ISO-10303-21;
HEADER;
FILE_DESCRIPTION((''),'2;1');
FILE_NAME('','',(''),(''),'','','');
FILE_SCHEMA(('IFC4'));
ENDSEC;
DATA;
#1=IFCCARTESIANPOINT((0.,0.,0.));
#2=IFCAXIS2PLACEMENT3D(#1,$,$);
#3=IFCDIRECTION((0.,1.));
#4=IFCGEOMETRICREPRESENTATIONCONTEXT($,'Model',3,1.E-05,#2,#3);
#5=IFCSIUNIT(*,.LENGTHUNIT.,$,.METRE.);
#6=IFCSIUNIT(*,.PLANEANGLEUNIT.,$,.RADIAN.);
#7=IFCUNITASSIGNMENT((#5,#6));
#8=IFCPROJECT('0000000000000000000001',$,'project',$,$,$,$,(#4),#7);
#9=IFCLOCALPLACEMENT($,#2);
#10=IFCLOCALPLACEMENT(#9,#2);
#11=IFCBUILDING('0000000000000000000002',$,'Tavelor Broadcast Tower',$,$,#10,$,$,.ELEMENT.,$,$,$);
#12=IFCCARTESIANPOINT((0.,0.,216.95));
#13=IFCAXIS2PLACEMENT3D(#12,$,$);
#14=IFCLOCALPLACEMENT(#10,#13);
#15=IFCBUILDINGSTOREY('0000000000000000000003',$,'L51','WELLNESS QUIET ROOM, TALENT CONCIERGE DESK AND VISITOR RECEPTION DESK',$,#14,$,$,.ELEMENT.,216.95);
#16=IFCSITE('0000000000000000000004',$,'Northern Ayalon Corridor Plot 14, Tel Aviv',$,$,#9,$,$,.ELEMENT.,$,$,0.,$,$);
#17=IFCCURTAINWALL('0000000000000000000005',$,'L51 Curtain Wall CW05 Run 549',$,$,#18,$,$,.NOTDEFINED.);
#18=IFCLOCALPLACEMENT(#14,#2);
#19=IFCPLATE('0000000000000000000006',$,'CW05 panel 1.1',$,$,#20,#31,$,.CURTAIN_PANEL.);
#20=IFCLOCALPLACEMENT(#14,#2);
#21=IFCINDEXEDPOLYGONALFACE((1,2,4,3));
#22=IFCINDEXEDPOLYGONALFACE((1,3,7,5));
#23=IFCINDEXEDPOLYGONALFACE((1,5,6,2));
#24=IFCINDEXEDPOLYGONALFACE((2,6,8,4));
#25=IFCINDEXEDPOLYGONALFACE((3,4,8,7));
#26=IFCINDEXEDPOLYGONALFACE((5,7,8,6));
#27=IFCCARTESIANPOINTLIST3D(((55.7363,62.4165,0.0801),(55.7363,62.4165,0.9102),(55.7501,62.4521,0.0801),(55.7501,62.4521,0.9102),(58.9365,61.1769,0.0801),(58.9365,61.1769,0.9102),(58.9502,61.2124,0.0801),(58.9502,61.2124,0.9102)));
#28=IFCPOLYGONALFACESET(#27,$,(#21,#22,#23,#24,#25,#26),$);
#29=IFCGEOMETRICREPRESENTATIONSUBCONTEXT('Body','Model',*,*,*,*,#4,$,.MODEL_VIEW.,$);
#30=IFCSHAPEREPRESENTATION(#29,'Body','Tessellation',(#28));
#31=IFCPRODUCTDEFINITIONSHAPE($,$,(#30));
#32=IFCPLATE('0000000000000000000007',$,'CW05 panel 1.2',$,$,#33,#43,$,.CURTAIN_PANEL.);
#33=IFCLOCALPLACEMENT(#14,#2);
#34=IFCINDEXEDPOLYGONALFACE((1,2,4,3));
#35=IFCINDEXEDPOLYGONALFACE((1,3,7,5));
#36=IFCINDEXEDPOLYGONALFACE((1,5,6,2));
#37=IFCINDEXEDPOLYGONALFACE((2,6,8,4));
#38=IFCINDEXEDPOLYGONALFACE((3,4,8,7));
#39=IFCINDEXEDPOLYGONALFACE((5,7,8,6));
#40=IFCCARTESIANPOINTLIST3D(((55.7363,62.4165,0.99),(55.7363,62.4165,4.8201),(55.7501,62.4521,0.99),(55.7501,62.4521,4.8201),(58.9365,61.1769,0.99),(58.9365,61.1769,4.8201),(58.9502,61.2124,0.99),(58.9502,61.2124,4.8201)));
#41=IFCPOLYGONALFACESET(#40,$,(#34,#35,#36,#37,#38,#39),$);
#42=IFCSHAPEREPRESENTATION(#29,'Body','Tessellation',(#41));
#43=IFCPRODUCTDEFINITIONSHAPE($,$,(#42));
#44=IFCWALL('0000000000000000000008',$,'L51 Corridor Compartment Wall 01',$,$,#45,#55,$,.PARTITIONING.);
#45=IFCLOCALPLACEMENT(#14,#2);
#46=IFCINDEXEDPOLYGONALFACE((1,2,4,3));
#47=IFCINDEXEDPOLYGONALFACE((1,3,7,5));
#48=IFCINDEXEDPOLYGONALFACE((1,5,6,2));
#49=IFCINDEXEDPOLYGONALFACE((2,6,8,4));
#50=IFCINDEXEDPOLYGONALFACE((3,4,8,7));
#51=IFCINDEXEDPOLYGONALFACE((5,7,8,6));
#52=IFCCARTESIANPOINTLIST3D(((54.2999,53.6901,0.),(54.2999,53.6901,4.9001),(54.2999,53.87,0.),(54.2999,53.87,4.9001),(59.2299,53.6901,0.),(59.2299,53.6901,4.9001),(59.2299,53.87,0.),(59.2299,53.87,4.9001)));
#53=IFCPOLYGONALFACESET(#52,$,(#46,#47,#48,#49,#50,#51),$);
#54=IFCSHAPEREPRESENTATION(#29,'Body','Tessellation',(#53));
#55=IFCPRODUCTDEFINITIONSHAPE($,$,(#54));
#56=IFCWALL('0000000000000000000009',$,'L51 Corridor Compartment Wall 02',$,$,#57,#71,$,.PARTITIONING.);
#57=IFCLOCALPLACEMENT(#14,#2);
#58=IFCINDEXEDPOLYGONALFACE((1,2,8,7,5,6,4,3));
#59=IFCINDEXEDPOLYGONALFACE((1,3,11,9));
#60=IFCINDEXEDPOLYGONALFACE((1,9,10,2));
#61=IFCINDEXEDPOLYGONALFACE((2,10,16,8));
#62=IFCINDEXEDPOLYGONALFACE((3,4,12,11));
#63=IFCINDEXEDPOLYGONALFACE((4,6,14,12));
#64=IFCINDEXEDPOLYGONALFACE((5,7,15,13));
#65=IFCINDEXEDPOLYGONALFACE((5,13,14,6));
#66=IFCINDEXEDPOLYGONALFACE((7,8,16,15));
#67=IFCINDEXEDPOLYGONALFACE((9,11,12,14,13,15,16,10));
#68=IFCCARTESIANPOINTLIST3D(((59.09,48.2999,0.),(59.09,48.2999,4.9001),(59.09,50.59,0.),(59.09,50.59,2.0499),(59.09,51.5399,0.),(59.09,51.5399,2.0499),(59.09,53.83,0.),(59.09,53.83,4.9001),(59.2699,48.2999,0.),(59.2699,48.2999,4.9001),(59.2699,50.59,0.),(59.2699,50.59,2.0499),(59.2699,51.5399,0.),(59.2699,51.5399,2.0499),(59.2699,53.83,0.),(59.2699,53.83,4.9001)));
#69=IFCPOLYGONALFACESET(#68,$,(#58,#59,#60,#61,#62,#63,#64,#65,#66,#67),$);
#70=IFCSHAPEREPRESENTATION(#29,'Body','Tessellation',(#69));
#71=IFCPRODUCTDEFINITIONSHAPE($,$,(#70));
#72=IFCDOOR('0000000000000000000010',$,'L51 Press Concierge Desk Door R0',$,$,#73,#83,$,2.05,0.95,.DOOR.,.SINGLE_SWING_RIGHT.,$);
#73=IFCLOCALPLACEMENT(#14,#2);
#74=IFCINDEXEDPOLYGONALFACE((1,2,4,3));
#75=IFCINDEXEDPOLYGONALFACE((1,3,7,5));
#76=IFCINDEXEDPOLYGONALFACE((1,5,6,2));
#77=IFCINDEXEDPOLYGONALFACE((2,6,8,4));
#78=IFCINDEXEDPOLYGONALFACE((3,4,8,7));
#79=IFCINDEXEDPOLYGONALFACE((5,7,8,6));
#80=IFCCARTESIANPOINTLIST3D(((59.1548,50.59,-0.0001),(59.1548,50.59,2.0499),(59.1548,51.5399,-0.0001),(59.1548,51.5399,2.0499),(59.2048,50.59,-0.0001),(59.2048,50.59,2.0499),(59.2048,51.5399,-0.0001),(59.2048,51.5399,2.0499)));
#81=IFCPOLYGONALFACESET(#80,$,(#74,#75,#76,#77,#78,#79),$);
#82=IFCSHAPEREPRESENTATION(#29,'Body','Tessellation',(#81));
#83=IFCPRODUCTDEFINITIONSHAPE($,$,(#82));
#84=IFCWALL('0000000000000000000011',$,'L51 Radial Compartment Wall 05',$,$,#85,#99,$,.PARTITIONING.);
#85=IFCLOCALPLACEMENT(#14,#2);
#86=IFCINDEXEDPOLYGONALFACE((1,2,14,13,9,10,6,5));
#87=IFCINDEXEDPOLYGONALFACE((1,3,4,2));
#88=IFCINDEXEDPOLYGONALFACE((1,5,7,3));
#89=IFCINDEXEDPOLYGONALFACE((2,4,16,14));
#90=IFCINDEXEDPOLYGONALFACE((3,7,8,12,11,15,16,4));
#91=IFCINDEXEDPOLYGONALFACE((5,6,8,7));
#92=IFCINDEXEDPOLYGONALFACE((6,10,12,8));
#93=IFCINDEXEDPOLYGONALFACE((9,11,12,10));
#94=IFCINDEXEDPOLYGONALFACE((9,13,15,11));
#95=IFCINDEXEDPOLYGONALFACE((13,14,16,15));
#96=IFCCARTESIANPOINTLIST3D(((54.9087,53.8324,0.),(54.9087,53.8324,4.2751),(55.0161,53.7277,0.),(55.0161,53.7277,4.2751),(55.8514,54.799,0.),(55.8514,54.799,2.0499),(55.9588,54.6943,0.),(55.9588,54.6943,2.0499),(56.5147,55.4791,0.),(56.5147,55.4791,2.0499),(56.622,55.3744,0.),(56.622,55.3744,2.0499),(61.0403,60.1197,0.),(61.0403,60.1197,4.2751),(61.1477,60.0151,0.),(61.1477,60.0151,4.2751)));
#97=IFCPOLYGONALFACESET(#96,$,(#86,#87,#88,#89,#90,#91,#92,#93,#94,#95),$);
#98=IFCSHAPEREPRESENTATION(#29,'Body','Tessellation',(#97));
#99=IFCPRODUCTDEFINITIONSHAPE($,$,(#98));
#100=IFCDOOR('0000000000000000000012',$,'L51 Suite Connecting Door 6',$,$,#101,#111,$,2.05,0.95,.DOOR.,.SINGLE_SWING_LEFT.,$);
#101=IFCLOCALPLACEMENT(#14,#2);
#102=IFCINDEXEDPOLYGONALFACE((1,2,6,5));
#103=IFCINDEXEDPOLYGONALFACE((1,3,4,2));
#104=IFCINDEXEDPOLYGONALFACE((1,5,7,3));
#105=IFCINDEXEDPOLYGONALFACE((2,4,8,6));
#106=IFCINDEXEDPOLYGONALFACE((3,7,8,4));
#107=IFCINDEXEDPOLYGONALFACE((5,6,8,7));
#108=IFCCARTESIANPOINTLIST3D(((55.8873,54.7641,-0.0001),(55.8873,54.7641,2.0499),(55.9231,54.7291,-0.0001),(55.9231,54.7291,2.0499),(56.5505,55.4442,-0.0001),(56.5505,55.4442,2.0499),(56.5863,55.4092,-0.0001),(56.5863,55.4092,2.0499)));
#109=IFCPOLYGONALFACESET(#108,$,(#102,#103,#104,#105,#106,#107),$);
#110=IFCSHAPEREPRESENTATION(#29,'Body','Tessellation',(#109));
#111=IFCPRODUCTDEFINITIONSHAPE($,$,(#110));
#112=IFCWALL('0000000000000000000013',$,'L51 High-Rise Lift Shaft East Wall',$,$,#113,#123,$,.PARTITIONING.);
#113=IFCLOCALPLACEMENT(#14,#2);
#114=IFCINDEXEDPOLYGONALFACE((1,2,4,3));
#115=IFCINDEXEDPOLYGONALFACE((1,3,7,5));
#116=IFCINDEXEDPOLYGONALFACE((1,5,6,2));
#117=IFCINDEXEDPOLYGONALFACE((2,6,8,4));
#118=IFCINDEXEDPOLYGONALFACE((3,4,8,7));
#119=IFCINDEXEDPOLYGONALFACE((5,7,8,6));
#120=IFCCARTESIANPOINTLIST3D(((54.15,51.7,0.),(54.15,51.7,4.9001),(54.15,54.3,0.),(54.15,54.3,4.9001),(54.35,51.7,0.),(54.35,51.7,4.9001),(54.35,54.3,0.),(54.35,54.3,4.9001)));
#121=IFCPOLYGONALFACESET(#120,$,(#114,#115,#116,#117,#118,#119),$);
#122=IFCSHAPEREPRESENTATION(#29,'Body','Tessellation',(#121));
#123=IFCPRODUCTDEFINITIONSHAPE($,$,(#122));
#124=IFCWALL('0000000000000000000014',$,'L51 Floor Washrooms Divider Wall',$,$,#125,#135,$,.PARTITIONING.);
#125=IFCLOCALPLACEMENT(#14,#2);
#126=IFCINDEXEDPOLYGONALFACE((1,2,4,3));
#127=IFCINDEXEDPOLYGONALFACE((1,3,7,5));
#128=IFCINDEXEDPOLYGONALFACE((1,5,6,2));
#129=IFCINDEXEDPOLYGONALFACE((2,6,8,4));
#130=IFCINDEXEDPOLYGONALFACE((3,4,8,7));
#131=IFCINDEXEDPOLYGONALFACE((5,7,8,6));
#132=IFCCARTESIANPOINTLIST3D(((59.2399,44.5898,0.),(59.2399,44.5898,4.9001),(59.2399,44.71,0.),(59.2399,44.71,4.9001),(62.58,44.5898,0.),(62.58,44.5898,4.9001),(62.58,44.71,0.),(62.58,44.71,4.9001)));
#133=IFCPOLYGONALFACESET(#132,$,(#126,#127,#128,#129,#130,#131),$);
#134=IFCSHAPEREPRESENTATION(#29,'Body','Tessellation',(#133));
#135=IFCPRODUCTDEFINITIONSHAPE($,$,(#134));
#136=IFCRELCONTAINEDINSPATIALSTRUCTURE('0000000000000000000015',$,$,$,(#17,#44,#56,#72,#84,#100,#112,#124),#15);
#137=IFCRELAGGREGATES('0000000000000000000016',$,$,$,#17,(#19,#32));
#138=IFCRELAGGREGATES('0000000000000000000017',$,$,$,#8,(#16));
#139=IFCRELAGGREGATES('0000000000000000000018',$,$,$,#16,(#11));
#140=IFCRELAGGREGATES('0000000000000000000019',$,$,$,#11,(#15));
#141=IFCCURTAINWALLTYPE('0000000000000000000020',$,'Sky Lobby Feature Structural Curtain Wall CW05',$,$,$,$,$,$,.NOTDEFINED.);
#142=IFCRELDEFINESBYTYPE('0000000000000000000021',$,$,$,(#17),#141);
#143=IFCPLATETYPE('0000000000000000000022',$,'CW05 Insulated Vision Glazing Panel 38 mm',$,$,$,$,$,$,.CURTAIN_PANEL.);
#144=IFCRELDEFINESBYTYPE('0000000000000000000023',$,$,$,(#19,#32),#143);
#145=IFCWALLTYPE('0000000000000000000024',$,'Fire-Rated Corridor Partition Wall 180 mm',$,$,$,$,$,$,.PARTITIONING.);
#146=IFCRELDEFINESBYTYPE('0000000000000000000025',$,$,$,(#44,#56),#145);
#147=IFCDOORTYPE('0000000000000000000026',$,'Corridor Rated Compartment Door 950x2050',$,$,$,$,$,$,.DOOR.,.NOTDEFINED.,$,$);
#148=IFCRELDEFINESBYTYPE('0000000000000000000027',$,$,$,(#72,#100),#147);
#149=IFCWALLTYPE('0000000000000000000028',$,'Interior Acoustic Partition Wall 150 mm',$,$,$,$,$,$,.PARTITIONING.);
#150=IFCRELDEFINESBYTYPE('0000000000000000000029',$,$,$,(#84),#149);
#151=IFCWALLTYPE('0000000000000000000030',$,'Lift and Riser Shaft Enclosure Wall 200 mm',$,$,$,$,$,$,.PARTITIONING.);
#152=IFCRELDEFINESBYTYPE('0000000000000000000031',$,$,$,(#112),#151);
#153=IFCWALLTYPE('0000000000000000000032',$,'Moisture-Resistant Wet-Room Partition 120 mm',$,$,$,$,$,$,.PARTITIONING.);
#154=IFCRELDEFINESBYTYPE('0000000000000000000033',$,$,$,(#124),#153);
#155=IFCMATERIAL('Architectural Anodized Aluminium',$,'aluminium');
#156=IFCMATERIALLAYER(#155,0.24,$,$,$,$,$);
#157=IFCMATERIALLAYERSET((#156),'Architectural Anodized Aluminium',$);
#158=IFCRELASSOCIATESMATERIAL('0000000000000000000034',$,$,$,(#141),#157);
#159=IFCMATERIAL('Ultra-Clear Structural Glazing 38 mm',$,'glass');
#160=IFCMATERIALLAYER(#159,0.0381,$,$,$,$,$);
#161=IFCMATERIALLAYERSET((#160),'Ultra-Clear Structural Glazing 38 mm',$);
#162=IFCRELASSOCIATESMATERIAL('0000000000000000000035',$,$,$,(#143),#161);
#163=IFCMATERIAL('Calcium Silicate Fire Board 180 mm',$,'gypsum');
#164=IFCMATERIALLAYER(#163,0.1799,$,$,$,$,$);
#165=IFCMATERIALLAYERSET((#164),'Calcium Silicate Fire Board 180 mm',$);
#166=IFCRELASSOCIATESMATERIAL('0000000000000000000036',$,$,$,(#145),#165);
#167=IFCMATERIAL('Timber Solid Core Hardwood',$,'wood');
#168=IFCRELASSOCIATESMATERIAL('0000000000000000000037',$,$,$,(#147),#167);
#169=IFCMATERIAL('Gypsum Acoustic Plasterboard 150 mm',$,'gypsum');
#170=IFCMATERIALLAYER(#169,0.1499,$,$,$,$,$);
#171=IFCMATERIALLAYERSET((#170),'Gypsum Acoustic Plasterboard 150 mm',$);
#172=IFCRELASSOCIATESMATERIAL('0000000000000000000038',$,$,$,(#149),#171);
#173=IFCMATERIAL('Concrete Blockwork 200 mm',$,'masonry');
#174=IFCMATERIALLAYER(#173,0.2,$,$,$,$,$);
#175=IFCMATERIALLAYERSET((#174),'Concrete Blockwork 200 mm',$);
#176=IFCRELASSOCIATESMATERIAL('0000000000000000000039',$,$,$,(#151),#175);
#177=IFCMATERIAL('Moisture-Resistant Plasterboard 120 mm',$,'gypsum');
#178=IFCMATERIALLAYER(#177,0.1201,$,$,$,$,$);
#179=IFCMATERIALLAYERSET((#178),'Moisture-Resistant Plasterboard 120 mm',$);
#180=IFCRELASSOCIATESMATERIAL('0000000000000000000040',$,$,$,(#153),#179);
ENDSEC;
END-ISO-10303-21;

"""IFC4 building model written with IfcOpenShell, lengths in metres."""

from ifc_helpers import new_model, si_unit, direction, frame, frame_2d, origin, origin_2d, place, context, subcontext, project, spatial, rectangle, extrude, source, transform, mapped, material, layer, layer_set, type_object, type_shapes, element, fill, aggregate, save


model = new_model("IFC4")

# Units and contexts
model_context = context("Model", 3, precision=1e-05, world=origin(), true_north=direction((0.0, 1.0)))
body_context = subcontext(model_context, "Body", "Model", "MODEL_VIEW")
ifc_project = project(units=[si_unit("LENGTHUNIT", "METRE"), si_unit("PLANEANGLEUNIT", "RADIAN")], contexts=[model_context])

# Site, building, storey
site_placement = place(None, origin())
site = spatial("IfcSite", under=ifc_project, at=site_placement, Name="Northern Ayalon Corridor Plot 14, Tel Aviv", CompositionType="ELEMENT", RefElevation=0.0)
building_placement = place(site_placement, origin())
building = spatial("IfcBuilding", under=site, at=building_placement, Name="Tavelor Broadcast Tower", CompositionType="ELEMENT")
storey_placement = place(building_placement, frame((0.0, 0.0, 216.95)))
storey = spatial("IfcBuildingStorey", under=building, at=storey_placement, Name="L51", Description="WELLNESS QUIET ROOM, TALENT CONCIERGE DESK AND VISITOR RECEPTION DESK", CompositionType="ELEMENT", Elevation=216.95)

# Curtain wall
ifc_material_1 = material(Name="Architectural Anodized Aluminium", Category="aluminium")
ifc_layer_1 = layer(ifc_material_1, 0.24)
ifc_layer_set_1 = layer_set([ifc_layer_1], Name="Architectural Anodized Aluminium")
curtain_wall_type = type_object("IfcCurtainWallType", Name="Sky Lobby Feature Structural Curtain Wall CW05", PredefinedType="NOTDEFINED", material=ifc_layer_set_1)
curtain_wall_placement = place(storey_placement, origin())
curtain_wall = element("IfcCurtainWall", 1, at=curtain_wall_placement, inside=storey, type_object=curtain_wall_type, Name="L51 Curtain Wall CW05 Run 549", PredefinedType="NOTDEFINED")

# Plates
ifc_material_2 = material(Name="Ultra-Clear Structural Glazing 38 mm", Category="glass")
ifc_layer_2 = layer(ifc_material_2, 0.0381)
ifc_layer_set_2 = layer_set([ifc_layer_2], Name="Ultra-Clear Structural Glazing 38 mm")
plate_type_1 = type_object("IfcPlateType", Name="CW05 Insulated Vision Glazing Panel 38 mm", PredefinedType="CURTAIN_PANEL", material=ifc_layer_set_2)
shared_shape_1 = source(origin(), body_context, "Body", "SweptSolid", [
    extrude(rectangle(XDim=3.4319, YDim=0.0381, at=origin_2d()), origin(), (0.0, 0.0, 1.0), 0.8301),
])
plate_1_placement = place(storey_placement, frame((57.3433, 61.8145, 0.0801), z_axis=(0.0, 0.0, 1.0), x_axis=(-0.932478, 0.361226, 0.0)))
plate_1 = element("IfcPlate", 2, at=plate_1_placement, type_object=plate_type_1, Name="CW05 panel 1.1", PredefinedType="CURTAIN_PANEL", context=body_context, shape_type="MappedRepresentation", body=[
    mapped(shared_shape_1, transform((0.0, 0.0, 0.0), scale=1.0)),
])
shared_shape_2 = source(origin(), body_context, "Body", "SweptSolid", [
    extrude(rectangle(XDim=3.4319, YDim=0.0381, at=origin_2d()), origin(), (0.0, 0.0, 1.0), 3.8301),
])
type_shapes(plate_type_1, [shared_shape_1, shared_shape_2])
plate_2_placement = place(storey_placement, frame((57.3433, 61.8145, 0.99), z_axis=(0.0, 0.0, 1.0), x_axis=(-0.932478, 0.361226, 0.0)))
plate_2 = element("IfcPlate", 3, at=plate_2_placement, type_object=plate_type_1, Name="CW05 panel 1.2", PredefinedType="CURTAIN_PANEL", context=body_context, shape_type="MappedRepresentation", body=[
    mapped(shared_shape_2, transform((0.0, 0.0, 0.0), scale=1.0)),
])
aggregate(curtain_wall, [plate_1, plate_2])

# Wall
ifc_material_3 = material(Name="Calcium Silicate Fire Board 180 mm", Category="gypsum")
ifc_layer_3 = layer(ifc_material_3, 0.1799)
ifc_layer_set_3 = layer_set([ifc_layer_3], Name="Calcium Silicate Fire Board 180 mm")
wall_type_1 = type_object("IfcWallType", Name="Fire-Rated Corridor Partition Wall 180 mm", PredefinedType="PARTITIONING", material=ifc_layer_set_3)
wall_1_placement = place(storey_placement, frame((54.3, 53.78, 0.0), z_axis=(0.0, 0.0, 1.0), x_axis=(1.0, 0.0, 0.0)))
element("IfcWall", 4, at=wall_1_placement, inside=storey, type_object=wall_type_1, Name="L51 Corridor Compartment Wall 01", PredefinedType="PARTITIONING", context=body_context, shape_type="SweptSolid", body=[
    extrude(rectangle(XDim=4.9299, YDim=0.1799, at=frame_2d((2.4648, 0.0))), origin(), (0.0, 0.0, 1.0), 4.9001),
])

# Walls, openings, doors
wall_2_placement = place(storey_placement, frame((59.1799, 53.8301, 0.0), z_axis=(0.0, 0.0, 1.0), x_axis=(0.0, -1.0, 0.0)))
wall_2 = element("IfcWall", 5, at=wall_2_placement, inside=storey, type_object=wall_type_1, Name="L51 Corridor Compartment Wall 02", PredefinedType="PARTITIONING", context=body_context, shape_type="SweptSolid", body=[
    extrude(rectangle(XDim=5.53, YDim=0.1799, at=frame_2d((2.7651, 0.0))), origin(), (0.0, 0.0, 1.0), 4.9001),
])
opening_1_placement = place(wall_2_placement, frame((2.29, 0.0, 0.0)))
opening_1 = element("IfcOpeningElement", 6, at=opening_1_placement, cuts=wall_2, PredefinedType="OPENING", context=body_context, shape_type="SweptSolid", body=[
    extrude(rectangle(XDim=0.95, YDim=2.05, at=frame_2d((0.4751, 1.0249))), frame((0.0, 0.1001, 0.0), z_axis=(0.0, -1.0, 0.0), x_axis=(1.0, 0.0, 0.0)), (0.0, 0.0, 1.0), 0.2),
])
ifc_material_4 = material(Name="Timber Solid Core Hardwood", Category="wood")
door_type = type_object("IfcDoorType", Name="Corridor Rated Compartment Door 950x2050", OperationType="NOTDEFINED", PredefinedType="DOOR", material=ifc_material_4)
door_1_placement = place(opening_1_placement, origin())
door_1 = element("IfcDoor", 7, at=door_1_placement, inside=storey, type_object=door_type, Name="L51 Press Concierge Desk Door R0", OperationType="SINGLE_SWING_RIGHT", OverallHeight=2.05, OverallWidth=0.95, PredefinedType="DOOR", context=body_context, shape_type="SweptSolid", body=[
    extrude(rectangle(XDim=0.95, YDim=2.05, at=frame_2d((0.4751, 1.0249))), frame((0.0, 0.0249, 0.0), z_axis=(0.0, -1.0, 0.0), x_axis=(1.0, 0.0, 0.0)), (0.0, 0.0, 1.0), 0.05),
])
fill(opening_1, door_1)
ifc_material_5 = material(Name="Gypsum Acoustic Plasterboard 150 mm", Category="gypsum")
ifc_layer_4 = layer(ifc_material_5, 0.1499)
ifc_layer_set_4 = layer_set([ifc_layer_4], Name="Gypsum Acoustic Plasterboard 150 mm")
wall_type_2 = type_object("IfcWallType", Name="Interior Acoustic Partition Wall 150 mm", PredefinedType="PARTITIONING", material=ifc_layer_set_4)
wall_3_placement = place(storey_placement, frame((54.9624, 53.78, 0.0), z_axis=(0.0, 0.0, 1.0), x_axis=(0.698183, 0.715919, 0.0)))
wall_3 = element("IfcWall", 8, at=wall_3_placement, inside=storey, type_object=wall_type_2, Name="L51 Radial Compartment Wall 05", PredefinedType="PARTITIONING", context=body_context, shape_type="SweptSolid", body=[
    extrude(rectangle(XDim=8.7822, YDim=0.1499, at=frame_2d((4.3911, 0.0))), origin(), (0.0, 0.0, 1.0), 4.2751),
])
opening_2_placement = place(wall_3_placement, frame((1.3501, 0.0, 0.0)))
opening_2 = element("IfcOpeningElement", 9, at=opening_2_placement, cuts=wall_3, PredefinedType="OPENING", context=body_context, shape_type="SweptSolid", body=[
    extrude(rectangle(XDim=0.95, YDim=2.05, at=frame_2d((0.4751, 1.0249))), frame((0.0, 0.085, 0.0), z_axis=(0.0, -1.0, 0.0), x_axis=(1.0, 0.0, 0.0)), (0.0, 0.0, 1.0), 0.1699),
])
door_2_placement = place(opening_2_placement, origin())
door_2 = element("IfcDoor", 10, at=door_2_placement, inside=storey, type_object=door_type, Name="L51 Suite Connecting Door 6", OperationType="SINGLE_SWING_LEFT", OverallHeight=2.05, OverallWidth=0.95, PredefinedType="DOOR", context=body_context, shape_type="SweptSolid", body=[
    extrude(rectangle(XDim=0.95, YDim=2.05, at=frame_2d((0.4751, 1.0249))), frame((0.0, 0.0249, 0.0), z_axis=(0.0, -1.0, 0.0), x_axis=(1.0, 0.0, 0.0)), (0.0, 0.0, 1.0), 0.05),
])
fill(opening_2, door_2)

# Walls
ifc_material_6 = material(Name="Concrete Blockwork 200 mm", Category="masonry")
ifc_layer_5 = layer(ifc_material_6, 0.2)
ifc_layer_set_5 = layer_set([ifc_layer_5], Name="Concrete Blockwork 200 mm")
wall_type_3 = type_object("IfcWallType", Name="Lift and Riser Shaft Enclosure Wall 200 mm", PredefinedType="PARTITIONING", material=ifc_layer_set_5)
wall_4_placement = place(storey_placement, frame((54.25, 51.7, 0.0), z_axis=(0.0, 0.0, 1.0), x_axis=(0.0, 1.0, 0.0)))
element("IfcWall", 11, at=wall_4_placement, inside=storey, type_object=wall_type_3, Name="L51 High-Rise Lift Shaft East Wall", PredefinedType="PARTITIONING", context=body_context, shape_type="SweptSolid", body=[
    extrude(rectangle(XDim=2.6001, YDim=0.2, at=frame_2d((1.3, 0.0))), origin(), (0.0, 0.0, 1.0), 4.9001),
])
ifc_material_7 = material(Name="Moisture-Resistant Plasterboard 120 mm", Category="gypsum")
ifc_layer_6 = layer(ifc_material_7, 0.1201)
ifc_layer_set_6 = layer_set([ifc_layer_6], Name="Moisture-Resistant Plasterboard 120 mm")
wall_type_4 = type_object("IfcWallType", Name="Moisture-Resistant Wet-Room Partition 120 mm", PredefinedType="PARTITIONING", material=ifc_layer_set_6)
wall_5_placement = place(storey_placement, frame((59.24, 44.6499, 0.0), z_axis=(0.0, 0.0, 1.0), x_axis=(1.0, 0.0, 0.0)))
element("IfcWall", 12, at=wall_5_placement, inside=storey, type_object=wall_type_4, Name="L51 Floor Washrooms Divider Wall", PredefinedType="PARTITIONING", context=body_context, shape_type="SweptSolid", body=[
    extrude(rectangle(XDim=3.3401, YDim=0.1201, at=frame_2d((1.6699, 0.0))), origin(), (0.0, 0.0, 1.0), 4.9001),
])

save(model, "model.ifc")
